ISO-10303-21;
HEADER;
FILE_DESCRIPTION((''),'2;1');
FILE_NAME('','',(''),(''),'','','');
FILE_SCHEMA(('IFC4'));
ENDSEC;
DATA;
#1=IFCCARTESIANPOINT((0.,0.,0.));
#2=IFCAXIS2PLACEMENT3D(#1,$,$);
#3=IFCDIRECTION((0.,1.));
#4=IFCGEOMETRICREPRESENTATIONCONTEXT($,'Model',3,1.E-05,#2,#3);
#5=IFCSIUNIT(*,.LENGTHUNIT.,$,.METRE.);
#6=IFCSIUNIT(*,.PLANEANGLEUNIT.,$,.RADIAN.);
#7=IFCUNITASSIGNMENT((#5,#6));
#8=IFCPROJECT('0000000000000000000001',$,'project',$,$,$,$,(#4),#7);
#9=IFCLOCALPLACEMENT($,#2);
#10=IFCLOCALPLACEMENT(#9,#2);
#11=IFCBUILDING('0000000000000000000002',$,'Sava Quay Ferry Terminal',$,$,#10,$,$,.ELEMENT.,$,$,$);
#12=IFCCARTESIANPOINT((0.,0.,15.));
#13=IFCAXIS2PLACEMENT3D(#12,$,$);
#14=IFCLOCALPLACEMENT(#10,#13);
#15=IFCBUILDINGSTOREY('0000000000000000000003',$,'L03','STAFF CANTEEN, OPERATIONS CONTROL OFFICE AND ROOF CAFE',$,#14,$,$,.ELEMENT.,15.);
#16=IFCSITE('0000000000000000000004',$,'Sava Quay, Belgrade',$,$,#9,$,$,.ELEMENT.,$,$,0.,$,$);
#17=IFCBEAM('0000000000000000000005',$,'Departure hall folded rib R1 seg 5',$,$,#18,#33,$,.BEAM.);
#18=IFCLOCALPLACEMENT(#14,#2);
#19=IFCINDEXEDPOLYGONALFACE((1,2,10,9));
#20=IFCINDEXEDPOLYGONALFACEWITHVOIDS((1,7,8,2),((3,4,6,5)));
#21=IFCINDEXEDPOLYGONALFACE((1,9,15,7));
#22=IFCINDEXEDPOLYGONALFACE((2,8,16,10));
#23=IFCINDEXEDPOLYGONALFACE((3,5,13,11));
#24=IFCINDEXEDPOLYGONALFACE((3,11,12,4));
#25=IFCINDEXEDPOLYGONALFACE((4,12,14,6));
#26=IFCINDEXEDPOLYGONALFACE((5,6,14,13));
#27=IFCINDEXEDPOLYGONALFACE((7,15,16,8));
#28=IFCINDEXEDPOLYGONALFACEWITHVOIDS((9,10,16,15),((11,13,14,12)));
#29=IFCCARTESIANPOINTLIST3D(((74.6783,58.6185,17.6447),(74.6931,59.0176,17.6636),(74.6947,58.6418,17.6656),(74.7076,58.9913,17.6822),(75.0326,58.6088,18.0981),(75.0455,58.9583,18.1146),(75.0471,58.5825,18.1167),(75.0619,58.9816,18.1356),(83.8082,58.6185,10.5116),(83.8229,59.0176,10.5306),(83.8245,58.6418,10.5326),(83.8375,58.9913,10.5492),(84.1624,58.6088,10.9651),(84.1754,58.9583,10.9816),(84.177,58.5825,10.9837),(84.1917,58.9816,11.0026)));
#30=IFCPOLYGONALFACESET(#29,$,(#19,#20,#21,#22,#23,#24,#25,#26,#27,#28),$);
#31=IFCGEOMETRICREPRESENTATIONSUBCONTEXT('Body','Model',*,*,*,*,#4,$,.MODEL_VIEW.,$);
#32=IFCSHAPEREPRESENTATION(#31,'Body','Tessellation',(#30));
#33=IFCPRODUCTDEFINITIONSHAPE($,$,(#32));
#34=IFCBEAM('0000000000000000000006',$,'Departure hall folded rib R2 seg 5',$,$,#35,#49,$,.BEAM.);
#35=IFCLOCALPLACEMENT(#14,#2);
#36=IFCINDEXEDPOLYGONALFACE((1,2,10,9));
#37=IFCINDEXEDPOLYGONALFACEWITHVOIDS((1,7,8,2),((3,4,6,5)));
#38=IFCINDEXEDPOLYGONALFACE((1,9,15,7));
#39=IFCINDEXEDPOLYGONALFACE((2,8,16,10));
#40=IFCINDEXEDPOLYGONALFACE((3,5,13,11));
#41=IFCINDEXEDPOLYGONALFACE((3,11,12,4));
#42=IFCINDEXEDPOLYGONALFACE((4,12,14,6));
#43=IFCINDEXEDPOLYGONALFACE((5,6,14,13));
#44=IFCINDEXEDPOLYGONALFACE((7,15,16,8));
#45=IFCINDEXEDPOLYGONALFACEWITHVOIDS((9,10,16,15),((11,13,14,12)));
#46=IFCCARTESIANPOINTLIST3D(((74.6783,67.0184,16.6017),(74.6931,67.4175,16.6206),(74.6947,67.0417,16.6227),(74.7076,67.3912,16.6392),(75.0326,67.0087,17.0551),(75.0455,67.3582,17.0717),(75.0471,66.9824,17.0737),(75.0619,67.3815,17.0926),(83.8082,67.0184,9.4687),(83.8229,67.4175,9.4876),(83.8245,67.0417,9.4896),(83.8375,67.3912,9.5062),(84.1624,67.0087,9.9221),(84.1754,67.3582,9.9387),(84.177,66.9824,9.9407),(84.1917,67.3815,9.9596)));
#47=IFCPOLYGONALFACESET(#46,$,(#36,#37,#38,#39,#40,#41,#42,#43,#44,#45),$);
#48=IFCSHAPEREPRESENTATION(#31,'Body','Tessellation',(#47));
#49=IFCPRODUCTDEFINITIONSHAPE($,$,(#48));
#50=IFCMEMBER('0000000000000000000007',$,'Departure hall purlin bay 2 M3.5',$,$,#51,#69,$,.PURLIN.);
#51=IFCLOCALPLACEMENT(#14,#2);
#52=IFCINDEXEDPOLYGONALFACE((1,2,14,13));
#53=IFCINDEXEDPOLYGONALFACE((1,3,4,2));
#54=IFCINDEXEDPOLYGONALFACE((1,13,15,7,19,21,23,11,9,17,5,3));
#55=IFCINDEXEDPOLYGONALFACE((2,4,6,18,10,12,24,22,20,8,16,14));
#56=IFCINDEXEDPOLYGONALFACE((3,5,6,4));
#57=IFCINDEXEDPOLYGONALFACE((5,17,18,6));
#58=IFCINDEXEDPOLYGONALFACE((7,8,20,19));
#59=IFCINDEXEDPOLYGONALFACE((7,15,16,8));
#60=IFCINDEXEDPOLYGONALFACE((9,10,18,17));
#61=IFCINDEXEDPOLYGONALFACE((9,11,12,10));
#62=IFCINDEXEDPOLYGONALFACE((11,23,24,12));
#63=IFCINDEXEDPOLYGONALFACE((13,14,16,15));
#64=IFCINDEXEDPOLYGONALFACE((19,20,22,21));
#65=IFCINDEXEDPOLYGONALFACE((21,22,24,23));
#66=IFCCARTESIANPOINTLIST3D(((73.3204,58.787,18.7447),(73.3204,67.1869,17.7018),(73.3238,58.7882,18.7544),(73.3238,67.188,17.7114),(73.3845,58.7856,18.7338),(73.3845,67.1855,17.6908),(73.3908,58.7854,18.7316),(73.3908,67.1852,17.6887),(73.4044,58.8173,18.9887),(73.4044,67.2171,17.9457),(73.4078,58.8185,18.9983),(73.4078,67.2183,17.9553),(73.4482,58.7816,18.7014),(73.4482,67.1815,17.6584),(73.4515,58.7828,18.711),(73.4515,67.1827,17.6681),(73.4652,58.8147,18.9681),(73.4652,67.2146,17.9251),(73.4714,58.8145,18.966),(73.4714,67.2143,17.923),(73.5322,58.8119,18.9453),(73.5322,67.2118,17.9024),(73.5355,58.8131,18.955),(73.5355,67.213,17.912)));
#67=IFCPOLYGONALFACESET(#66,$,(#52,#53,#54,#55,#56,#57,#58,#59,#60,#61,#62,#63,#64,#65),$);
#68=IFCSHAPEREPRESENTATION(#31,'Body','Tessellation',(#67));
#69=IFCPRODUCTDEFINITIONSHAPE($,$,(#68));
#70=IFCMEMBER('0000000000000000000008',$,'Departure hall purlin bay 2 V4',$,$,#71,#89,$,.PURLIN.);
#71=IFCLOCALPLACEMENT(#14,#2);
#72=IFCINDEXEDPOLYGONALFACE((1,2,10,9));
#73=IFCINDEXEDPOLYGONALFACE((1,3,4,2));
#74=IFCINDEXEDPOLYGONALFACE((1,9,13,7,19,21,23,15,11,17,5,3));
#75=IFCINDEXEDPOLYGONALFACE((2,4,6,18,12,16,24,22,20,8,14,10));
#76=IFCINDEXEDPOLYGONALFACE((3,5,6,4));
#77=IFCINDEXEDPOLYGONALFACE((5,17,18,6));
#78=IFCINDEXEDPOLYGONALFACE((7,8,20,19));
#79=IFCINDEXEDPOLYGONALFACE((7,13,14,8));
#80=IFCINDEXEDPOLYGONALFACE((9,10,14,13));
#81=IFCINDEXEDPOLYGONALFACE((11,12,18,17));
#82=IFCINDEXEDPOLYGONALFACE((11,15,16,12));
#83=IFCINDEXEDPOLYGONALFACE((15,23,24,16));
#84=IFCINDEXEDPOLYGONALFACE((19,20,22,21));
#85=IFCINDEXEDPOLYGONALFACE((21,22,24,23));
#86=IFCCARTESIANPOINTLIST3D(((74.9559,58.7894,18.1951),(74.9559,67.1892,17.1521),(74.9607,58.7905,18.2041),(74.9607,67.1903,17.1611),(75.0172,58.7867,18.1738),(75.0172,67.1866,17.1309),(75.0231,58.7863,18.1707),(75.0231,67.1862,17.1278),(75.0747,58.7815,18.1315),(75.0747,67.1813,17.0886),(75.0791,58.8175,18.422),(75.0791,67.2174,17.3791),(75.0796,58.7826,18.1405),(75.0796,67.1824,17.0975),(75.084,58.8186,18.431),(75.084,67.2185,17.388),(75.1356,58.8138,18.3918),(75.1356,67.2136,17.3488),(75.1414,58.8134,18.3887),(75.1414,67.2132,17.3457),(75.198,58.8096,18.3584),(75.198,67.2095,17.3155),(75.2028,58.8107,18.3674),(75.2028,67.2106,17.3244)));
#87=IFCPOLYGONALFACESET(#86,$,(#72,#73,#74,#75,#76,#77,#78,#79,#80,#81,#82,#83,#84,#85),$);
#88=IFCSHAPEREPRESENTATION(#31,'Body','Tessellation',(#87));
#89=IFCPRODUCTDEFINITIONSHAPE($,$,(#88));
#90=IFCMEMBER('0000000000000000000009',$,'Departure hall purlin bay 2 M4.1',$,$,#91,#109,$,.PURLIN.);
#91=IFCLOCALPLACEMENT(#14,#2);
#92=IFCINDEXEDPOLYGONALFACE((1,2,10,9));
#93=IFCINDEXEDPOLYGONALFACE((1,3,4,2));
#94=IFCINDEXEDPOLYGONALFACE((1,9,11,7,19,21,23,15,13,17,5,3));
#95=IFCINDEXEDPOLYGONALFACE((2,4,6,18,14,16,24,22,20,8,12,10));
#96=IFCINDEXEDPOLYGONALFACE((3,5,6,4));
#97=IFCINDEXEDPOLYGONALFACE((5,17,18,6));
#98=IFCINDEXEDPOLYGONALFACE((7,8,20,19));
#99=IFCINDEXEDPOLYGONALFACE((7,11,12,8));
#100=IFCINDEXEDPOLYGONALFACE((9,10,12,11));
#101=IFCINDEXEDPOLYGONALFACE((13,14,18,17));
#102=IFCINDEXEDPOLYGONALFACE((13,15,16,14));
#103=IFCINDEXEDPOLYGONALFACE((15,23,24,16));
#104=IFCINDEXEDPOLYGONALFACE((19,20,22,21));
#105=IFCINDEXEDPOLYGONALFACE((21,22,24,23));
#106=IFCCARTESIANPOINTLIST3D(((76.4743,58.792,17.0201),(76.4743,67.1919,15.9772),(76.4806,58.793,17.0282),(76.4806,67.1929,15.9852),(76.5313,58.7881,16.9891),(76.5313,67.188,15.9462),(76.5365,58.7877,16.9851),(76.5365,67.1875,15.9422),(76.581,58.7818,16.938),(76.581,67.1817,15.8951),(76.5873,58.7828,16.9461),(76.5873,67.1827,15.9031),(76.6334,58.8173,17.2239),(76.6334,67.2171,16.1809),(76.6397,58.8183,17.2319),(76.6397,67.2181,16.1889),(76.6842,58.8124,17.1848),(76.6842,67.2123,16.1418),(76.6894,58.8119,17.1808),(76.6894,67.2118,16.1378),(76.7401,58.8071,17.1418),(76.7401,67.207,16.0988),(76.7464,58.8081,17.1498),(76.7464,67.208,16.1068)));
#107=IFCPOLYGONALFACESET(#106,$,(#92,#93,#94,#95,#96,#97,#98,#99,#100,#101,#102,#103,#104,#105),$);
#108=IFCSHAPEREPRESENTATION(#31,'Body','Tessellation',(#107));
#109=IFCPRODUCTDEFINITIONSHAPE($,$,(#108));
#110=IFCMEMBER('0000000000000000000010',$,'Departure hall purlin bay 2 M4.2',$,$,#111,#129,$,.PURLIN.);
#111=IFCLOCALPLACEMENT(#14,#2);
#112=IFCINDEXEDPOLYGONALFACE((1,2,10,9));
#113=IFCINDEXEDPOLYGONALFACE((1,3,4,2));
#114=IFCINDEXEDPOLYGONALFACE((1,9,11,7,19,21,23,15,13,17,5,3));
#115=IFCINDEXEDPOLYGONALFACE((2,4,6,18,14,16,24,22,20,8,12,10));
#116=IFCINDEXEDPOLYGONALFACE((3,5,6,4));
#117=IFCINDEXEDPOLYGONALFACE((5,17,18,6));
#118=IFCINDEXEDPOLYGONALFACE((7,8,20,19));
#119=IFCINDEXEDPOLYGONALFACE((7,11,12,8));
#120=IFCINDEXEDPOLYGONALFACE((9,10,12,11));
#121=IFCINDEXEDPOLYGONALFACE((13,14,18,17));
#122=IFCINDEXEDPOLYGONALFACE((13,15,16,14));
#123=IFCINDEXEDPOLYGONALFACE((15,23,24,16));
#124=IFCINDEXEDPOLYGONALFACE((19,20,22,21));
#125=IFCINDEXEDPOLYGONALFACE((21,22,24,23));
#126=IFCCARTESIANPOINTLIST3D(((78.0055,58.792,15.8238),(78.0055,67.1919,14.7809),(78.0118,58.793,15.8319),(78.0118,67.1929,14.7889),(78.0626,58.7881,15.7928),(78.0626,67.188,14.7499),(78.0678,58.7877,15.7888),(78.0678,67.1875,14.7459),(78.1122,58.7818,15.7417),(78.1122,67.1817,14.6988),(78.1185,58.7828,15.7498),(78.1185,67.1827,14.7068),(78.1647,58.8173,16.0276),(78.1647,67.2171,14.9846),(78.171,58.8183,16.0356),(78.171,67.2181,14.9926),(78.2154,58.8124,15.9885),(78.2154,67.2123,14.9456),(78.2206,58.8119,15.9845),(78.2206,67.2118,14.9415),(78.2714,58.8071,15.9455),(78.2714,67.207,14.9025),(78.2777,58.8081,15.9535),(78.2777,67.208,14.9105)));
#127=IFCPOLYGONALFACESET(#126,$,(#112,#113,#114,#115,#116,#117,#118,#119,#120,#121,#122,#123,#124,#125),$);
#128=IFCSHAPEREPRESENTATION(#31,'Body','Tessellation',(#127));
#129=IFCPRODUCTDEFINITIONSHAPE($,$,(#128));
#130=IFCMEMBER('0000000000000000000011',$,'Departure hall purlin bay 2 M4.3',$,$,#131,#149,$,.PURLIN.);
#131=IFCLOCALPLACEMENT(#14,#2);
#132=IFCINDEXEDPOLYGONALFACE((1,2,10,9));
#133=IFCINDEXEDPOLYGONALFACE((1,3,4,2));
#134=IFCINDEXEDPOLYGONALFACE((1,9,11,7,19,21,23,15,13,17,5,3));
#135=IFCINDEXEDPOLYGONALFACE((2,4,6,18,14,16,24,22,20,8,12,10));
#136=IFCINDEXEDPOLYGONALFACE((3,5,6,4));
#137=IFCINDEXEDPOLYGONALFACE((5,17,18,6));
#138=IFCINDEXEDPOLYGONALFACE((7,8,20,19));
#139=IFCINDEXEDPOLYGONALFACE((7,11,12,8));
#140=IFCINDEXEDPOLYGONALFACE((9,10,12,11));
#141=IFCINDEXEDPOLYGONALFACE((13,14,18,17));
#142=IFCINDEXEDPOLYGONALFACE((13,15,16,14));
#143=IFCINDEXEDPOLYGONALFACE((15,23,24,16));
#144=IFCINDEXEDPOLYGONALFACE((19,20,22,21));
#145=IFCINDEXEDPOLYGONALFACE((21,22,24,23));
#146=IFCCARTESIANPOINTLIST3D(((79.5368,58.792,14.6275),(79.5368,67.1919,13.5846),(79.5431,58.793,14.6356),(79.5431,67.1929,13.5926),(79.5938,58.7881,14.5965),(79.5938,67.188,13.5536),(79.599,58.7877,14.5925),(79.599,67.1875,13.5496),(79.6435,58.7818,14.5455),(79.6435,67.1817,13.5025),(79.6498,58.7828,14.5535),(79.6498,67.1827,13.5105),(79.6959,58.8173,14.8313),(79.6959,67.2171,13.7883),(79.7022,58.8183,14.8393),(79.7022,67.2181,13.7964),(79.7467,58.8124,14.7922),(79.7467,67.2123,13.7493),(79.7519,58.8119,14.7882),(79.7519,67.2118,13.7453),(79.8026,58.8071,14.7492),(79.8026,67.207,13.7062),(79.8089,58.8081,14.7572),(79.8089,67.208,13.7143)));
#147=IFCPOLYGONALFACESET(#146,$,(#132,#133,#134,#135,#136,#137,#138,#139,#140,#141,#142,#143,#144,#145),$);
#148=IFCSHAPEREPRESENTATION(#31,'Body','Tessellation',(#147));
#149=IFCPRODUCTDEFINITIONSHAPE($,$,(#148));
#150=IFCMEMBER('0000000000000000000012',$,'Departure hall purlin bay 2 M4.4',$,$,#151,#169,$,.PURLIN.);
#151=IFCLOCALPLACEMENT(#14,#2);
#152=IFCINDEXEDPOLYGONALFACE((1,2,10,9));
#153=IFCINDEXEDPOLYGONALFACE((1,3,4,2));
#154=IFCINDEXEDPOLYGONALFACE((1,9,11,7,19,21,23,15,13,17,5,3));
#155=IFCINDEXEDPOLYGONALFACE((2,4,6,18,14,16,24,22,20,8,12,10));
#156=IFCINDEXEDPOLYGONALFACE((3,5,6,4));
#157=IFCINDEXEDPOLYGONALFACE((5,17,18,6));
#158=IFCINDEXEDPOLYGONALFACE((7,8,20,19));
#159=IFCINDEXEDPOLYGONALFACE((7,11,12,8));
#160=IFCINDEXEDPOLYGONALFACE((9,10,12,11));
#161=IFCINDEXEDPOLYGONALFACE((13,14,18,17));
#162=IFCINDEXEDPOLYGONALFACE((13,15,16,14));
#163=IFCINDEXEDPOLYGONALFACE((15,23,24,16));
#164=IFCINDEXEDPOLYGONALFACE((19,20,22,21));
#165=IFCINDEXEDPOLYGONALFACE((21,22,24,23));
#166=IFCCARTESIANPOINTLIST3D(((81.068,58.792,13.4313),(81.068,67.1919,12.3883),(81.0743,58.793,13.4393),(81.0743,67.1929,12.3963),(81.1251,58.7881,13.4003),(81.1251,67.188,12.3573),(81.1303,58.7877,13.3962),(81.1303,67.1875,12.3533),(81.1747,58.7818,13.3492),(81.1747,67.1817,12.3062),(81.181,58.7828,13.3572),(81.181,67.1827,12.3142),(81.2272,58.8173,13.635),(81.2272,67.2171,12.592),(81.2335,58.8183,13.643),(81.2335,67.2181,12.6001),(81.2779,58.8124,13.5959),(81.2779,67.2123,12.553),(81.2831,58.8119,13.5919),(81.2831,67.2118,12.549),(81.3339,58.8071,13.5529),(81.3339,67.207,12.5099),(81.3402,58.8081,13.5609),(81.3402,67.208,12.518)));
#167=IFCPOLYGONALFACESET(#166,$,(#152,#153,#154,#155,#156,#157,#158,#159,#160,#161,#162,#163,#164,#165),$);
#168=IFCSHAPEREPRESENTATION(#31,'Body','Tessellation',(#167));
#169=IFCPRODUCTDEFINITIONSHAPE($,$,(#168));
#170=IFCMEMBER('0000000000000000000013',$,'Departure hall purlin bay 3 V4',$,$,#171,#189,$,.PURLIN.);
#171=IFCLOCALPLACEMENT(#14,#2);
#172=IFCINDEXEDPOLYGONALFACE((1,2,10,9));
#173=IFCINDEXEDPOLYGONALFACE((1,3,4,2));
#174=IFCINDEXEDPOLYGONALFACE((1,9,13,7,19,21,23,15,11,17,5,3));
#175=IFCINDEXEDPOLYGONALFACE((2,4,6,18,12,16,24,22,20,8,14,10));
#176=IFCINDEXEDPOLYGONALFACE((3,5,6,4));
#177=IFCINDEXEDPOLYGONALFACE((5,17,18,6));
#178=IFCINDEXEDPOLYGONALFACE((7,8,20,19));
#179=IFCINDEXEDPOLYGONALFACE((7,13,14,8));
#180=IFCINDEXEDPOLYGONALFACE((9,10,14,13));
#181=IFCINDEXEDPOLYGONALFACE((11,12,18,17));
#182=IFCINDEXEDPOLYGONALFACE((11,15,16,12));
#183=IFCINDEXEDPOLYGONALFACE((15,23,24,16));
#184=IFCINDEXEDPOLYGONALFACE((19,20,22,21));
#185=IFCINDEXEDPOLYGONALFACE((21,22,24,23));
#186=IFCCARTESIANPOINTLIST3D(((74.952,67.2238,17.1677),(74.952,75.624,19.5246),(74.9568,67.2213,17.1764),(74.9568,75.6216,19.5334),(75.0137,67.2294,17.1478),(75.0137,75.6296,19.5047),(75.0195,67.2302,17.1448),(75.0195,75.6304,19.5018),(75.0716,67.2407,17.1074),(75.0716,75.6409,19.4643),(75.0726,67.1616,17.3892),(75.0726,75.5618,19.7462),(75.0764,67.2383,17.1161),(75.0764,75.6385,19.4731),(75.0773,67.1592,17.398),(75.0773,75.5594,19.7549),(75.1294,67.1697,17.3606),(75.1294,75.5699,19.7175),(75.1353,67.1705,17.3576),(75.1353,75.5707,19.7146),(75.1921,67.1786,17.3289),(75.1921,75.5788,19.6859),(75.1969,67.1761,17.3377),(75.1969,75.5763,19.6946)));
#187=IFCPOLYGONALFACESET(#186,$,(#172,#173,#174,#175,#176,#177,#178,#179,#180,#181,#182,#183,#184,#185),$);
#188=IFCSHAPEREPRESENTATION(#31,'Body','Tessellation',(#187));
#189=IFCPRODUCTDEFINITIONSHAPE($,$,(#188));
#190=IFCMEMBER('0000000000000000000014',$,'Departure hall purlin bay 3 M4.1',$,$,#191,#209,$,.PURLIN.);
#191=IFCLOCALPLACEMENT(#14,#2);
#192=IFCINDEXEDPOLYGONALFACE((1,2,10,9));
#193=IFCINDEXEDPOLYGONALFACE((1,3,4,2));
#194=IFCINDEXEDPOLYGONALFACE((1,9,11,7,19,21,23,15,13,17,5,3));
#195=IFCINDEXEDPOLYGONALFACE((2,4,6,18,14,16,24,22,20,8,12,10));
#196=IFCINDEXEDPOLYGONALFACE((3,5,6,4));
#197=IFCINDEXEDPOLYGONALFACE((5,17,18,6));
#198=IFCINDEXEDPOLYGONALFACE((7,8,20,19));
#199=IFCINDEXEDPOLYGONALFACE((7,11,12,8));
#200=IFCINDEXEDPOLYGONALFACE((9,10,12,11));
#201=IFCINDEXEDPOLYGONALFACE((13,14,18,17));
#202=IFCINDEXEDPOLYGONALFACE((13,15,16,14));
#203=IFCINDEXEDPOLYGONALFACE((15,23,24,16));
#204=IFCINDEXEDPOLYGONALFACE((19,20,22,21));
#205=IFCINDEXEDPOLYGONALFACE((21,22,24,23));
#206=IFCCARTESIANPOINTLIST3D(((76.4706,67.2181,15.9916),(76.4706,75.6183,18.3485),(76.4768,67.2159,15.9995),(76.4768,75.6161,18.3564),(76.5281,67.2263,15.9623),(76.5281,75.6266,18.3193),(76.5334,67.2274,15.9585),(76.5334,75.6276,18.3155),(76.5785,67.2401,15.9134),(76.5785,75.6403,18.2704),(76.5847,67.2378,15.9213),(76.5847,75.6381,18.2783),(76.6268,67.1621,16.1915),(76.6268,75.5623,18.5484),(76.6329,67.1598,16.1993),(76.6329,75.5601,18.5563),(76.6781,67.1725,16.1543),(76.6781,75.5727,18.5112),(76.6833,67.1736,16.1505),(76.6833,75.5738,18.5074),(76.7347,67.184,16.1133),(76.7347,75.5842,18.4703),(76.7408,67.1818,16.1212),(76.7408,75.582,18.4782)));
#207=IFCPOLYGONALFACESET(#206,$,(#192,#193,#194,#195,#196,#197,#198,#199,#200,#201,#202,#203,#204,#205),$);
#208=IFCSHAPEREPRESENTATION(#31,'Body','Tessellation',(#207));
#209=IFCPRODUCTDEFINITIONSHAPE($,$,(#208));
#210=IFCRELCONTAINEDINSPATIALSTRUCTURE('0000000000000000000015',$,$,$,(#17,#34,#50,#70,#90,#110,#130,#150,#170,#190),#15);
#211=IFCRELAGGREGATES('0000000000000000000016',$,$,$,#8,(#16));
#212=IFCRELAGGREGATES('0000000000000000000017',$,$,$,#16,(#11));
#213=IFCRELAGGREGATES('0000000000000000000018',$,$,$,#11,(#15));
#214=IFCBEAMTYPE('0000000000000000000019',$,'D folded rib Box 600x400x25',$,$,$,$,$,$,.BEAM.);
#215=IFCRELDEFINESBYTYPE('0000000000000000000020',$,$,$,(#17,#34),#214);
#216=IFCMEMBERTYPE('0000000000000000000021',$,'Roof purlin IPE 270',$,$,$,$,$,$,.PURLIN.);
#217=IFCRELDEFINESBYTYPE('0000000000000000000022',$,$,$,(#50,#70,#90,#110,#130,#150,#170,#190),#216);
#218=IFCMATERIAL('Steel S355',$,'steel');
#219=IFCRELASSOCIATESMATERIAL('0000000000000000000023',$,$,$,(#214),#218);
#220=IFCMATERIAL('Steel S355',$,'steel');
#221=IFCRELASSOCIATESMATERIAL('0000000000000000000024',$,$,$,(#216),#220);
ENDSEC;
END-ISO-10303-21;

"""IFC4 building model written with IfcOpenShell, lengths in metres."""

from ifc_helpers import new_model, si_unit, direction, frame, origin, origin_2d, place, context, subcontext, project, spatial, polyline, i_section, outline, extrude, material, material_profile, profile_set, type_object, element, save


model = new_model("IFC4")

# Units and contexts
model_context = context("Model", 3, precision=1e-05, world=origin(), true_north=direction((0.0, 1.0)))
body_context = subcontext(model_context, "Body", "Model", "MODEL_VIEW")
ifc_project = project(units=[si_unit("LENGTHUNIT", "METRE"), si_unit("PLANEANGLEUNIT", "RADIAN")], contexts=[model_context])

# Site, building, storey
site_placement = place(None, origin())
site = spatial("IfcSite", under=ifc_project, at=site_placement, Name="Sava Quay, Belgrade", CompositionType="ELEMENT", RefElevation=0.0)
building_placement = place(site_placement, origin())
building = spatial("IfcBuilding", under=site, at=building_placement, Name="Sava Quay Ferry Terminal", CompositionType="ELEMENT")
storey_placement = place(building_placement, frame((0.0, 0.0, 15.0)))
storey = spatial("IfcBuildingStorey", under=building, at=storey_placement, Name="L03", Description="STAFF CANTEEN, OPERATIONS CONTROL OFFICE AND ROOF CAFE", CompositionType="ELEMENT", Elevation=15.0)

# Beams
ifc_material_1 = material(Name="Steel S355", Category="steel")
ifc_material_profile_1 = material_profile(ifc_material_1, outline(polyline([(-0.2, -0.3), (0.2, -0.3), (0.2, 0.3), (-0.2, 0.3), (-0.2, -0.3)]), holes=[polyline([(-0.175, -0.2749), (-0.175, 0.2749), (0.175, 0.2749), (0.175, -0.2749), (-0.175, -0.2749)])]), Name="Box 600x400x25 built-up")
ifc_profile_set_1 = profile_set([ifc_material_profile_1], Name="Steel S355")
beam_type = type_object("IfcBeamType", Name="D folded rib Box 600x400x25", PredefinedType="BEAM", material=ifc_profile_set_1)
for number, where, z_axis, x_axis, name in (
    (1, (74.8701, 58.8, 17.8901), (0.78801, 0.0, -0.615662), (0.036941, 0.998198, 0.047282), "Departure hall folded rib R1 seg 5"),
    (2, (74.8701, 67.2, 16.8472), (0.78801, 0.0, -0.615662), (0.036941, 0.998198, 0.047282), "Departure hall folded rib R2 seg 5"),
):
    element("IfcBeam", number, at=place(storey_placement, frame(where, z_axis=z_axis, x_axis=x_axis)), inside=storey, type_object=beam_type, Name=name, PredefinedType="BEAM", context=body_context, shape_type="SweptSolid", body=[
        extrude(outline(polyline([(-0.2, -0.3), (0.2, -0.3), (0.2, 0.3), (-0.2, 0.3), (-0.2, -0.3)]), holes=[polyline([(-0.175, -0.2749), (-0.175, 0.2749), (0.175, 0.2749), (0.175, -0.2749), (-0.175, -0.2749)])]), origin(), (0.0, 0.0, 1.0), 11.5859),
    ])

# Members
ifc_material_2 = material(Name="Steel S355", Category="steel")
ifc_material_profile_2 = material_profile(ifc_material_2, i_section(OverallWidth=0.135, OverallDepth=0.27, WebThickness=0.0066, FlangeThickness=0.0103, at=origin_2d()), Name="IPE 270")
ifc_profile_set_2 = profile_set([ifc_material_profile_2], Name="Steel S355")
member_type_1 = type_object("IfcMemberType", Name="Roof purlin IPE 270", PredefinedType="PURLIN", material=ifc_profile_set_2)
for number, where, z_axis, x_axis, name in (
    (3, (73.428, 58.8, 18.8499), (0.0, 0.99238, -0.123218), (-0.94628, 0.039842, 0.320883), "Departure hall purlin bay 2 M3.5"),
    (4, (75.0793, 58.8, 18.2812), (0.0, 0.99238, -0.123218), (-0.880258, 0.058467, 0.47088), "Departure hall purlin bay 2 V4"),
    (5, (76.6104, 58.8, 17.085), (0.0, 0.99238, -0.123218), (-0.790288, 0.0755, 0.608066), "Departure hall purlin bay 2 M4.1"),
    (6, (78.1416, 58.8, 15.8887), (0.0, 0.99238, -0.123218), (-0.790288, 0.0755, 0.608066), "Departure hall purlin bay 2 M4.2"),
    (7, (79.6729, 58.8, 14.6924), (0.0, 0.99238, -0.123218), (-0.790288, 0.0755, 0.608066), "Departure hall purlin bay 2 M4.3"),
    (8, (81.2041, 58.8, 13.4961), (0.0, 0.99238, -0.123218), (-0.790288, 0.0755, 0.608066), "Departure hall purlin bay 2 M4.4"),
):
    element("IfcMember", number, at=place(storey_placement, frame(where, z_axis=z_axis, x_axis=x_axis)), inside=storey, type_object=member_type_1, Name=name, PredefinedType="PURLIN", context=body_context, shape_type="SweptSolid", body=[
        extrude(i_section(OverallWidth=0.135, OverallDepth=0.27, WebThickness=0.0066, FlangeThickness=0.0103, at=origin_2d()), origin(), (0.0, 0.0, 1.0), 8.4644),
    ])
for number, where, z_axis, x_axis, name in (
    (9, (75.0745, 67.2, 17.2527), (0.0, 0.962818, 0.27015), (-0.885826, -0.125354, 0.446764), "Departure hall purlin bay 3 V4"),
    (10, (76.6057, 67.2, 16.0564), (0.0, 0.962818, 0.27015), (-0.799142, -0.162398, 0.57879), "Departure hall purlin bay 3 M4.1"),
):
    element("IfcMember", number, at=place(storey_placement, frame(where, z_axis=z_axis, x_axis=x_axis)), inside=storey, type_object=member_type_1, Name=name, PredefinedType="PURLIN", context=body_context, shape_type="SweptSolid", body=[
        extrude(i_section(OverallWidth=0.135, OverallDepth=0.27, WebThickness=0.0066, FlangeThickness=0.0103, at=origin_2d()), origin(), (0.0, 0.0, 1.0), 8.7246),
    ])

save(model, "model.ifc")
